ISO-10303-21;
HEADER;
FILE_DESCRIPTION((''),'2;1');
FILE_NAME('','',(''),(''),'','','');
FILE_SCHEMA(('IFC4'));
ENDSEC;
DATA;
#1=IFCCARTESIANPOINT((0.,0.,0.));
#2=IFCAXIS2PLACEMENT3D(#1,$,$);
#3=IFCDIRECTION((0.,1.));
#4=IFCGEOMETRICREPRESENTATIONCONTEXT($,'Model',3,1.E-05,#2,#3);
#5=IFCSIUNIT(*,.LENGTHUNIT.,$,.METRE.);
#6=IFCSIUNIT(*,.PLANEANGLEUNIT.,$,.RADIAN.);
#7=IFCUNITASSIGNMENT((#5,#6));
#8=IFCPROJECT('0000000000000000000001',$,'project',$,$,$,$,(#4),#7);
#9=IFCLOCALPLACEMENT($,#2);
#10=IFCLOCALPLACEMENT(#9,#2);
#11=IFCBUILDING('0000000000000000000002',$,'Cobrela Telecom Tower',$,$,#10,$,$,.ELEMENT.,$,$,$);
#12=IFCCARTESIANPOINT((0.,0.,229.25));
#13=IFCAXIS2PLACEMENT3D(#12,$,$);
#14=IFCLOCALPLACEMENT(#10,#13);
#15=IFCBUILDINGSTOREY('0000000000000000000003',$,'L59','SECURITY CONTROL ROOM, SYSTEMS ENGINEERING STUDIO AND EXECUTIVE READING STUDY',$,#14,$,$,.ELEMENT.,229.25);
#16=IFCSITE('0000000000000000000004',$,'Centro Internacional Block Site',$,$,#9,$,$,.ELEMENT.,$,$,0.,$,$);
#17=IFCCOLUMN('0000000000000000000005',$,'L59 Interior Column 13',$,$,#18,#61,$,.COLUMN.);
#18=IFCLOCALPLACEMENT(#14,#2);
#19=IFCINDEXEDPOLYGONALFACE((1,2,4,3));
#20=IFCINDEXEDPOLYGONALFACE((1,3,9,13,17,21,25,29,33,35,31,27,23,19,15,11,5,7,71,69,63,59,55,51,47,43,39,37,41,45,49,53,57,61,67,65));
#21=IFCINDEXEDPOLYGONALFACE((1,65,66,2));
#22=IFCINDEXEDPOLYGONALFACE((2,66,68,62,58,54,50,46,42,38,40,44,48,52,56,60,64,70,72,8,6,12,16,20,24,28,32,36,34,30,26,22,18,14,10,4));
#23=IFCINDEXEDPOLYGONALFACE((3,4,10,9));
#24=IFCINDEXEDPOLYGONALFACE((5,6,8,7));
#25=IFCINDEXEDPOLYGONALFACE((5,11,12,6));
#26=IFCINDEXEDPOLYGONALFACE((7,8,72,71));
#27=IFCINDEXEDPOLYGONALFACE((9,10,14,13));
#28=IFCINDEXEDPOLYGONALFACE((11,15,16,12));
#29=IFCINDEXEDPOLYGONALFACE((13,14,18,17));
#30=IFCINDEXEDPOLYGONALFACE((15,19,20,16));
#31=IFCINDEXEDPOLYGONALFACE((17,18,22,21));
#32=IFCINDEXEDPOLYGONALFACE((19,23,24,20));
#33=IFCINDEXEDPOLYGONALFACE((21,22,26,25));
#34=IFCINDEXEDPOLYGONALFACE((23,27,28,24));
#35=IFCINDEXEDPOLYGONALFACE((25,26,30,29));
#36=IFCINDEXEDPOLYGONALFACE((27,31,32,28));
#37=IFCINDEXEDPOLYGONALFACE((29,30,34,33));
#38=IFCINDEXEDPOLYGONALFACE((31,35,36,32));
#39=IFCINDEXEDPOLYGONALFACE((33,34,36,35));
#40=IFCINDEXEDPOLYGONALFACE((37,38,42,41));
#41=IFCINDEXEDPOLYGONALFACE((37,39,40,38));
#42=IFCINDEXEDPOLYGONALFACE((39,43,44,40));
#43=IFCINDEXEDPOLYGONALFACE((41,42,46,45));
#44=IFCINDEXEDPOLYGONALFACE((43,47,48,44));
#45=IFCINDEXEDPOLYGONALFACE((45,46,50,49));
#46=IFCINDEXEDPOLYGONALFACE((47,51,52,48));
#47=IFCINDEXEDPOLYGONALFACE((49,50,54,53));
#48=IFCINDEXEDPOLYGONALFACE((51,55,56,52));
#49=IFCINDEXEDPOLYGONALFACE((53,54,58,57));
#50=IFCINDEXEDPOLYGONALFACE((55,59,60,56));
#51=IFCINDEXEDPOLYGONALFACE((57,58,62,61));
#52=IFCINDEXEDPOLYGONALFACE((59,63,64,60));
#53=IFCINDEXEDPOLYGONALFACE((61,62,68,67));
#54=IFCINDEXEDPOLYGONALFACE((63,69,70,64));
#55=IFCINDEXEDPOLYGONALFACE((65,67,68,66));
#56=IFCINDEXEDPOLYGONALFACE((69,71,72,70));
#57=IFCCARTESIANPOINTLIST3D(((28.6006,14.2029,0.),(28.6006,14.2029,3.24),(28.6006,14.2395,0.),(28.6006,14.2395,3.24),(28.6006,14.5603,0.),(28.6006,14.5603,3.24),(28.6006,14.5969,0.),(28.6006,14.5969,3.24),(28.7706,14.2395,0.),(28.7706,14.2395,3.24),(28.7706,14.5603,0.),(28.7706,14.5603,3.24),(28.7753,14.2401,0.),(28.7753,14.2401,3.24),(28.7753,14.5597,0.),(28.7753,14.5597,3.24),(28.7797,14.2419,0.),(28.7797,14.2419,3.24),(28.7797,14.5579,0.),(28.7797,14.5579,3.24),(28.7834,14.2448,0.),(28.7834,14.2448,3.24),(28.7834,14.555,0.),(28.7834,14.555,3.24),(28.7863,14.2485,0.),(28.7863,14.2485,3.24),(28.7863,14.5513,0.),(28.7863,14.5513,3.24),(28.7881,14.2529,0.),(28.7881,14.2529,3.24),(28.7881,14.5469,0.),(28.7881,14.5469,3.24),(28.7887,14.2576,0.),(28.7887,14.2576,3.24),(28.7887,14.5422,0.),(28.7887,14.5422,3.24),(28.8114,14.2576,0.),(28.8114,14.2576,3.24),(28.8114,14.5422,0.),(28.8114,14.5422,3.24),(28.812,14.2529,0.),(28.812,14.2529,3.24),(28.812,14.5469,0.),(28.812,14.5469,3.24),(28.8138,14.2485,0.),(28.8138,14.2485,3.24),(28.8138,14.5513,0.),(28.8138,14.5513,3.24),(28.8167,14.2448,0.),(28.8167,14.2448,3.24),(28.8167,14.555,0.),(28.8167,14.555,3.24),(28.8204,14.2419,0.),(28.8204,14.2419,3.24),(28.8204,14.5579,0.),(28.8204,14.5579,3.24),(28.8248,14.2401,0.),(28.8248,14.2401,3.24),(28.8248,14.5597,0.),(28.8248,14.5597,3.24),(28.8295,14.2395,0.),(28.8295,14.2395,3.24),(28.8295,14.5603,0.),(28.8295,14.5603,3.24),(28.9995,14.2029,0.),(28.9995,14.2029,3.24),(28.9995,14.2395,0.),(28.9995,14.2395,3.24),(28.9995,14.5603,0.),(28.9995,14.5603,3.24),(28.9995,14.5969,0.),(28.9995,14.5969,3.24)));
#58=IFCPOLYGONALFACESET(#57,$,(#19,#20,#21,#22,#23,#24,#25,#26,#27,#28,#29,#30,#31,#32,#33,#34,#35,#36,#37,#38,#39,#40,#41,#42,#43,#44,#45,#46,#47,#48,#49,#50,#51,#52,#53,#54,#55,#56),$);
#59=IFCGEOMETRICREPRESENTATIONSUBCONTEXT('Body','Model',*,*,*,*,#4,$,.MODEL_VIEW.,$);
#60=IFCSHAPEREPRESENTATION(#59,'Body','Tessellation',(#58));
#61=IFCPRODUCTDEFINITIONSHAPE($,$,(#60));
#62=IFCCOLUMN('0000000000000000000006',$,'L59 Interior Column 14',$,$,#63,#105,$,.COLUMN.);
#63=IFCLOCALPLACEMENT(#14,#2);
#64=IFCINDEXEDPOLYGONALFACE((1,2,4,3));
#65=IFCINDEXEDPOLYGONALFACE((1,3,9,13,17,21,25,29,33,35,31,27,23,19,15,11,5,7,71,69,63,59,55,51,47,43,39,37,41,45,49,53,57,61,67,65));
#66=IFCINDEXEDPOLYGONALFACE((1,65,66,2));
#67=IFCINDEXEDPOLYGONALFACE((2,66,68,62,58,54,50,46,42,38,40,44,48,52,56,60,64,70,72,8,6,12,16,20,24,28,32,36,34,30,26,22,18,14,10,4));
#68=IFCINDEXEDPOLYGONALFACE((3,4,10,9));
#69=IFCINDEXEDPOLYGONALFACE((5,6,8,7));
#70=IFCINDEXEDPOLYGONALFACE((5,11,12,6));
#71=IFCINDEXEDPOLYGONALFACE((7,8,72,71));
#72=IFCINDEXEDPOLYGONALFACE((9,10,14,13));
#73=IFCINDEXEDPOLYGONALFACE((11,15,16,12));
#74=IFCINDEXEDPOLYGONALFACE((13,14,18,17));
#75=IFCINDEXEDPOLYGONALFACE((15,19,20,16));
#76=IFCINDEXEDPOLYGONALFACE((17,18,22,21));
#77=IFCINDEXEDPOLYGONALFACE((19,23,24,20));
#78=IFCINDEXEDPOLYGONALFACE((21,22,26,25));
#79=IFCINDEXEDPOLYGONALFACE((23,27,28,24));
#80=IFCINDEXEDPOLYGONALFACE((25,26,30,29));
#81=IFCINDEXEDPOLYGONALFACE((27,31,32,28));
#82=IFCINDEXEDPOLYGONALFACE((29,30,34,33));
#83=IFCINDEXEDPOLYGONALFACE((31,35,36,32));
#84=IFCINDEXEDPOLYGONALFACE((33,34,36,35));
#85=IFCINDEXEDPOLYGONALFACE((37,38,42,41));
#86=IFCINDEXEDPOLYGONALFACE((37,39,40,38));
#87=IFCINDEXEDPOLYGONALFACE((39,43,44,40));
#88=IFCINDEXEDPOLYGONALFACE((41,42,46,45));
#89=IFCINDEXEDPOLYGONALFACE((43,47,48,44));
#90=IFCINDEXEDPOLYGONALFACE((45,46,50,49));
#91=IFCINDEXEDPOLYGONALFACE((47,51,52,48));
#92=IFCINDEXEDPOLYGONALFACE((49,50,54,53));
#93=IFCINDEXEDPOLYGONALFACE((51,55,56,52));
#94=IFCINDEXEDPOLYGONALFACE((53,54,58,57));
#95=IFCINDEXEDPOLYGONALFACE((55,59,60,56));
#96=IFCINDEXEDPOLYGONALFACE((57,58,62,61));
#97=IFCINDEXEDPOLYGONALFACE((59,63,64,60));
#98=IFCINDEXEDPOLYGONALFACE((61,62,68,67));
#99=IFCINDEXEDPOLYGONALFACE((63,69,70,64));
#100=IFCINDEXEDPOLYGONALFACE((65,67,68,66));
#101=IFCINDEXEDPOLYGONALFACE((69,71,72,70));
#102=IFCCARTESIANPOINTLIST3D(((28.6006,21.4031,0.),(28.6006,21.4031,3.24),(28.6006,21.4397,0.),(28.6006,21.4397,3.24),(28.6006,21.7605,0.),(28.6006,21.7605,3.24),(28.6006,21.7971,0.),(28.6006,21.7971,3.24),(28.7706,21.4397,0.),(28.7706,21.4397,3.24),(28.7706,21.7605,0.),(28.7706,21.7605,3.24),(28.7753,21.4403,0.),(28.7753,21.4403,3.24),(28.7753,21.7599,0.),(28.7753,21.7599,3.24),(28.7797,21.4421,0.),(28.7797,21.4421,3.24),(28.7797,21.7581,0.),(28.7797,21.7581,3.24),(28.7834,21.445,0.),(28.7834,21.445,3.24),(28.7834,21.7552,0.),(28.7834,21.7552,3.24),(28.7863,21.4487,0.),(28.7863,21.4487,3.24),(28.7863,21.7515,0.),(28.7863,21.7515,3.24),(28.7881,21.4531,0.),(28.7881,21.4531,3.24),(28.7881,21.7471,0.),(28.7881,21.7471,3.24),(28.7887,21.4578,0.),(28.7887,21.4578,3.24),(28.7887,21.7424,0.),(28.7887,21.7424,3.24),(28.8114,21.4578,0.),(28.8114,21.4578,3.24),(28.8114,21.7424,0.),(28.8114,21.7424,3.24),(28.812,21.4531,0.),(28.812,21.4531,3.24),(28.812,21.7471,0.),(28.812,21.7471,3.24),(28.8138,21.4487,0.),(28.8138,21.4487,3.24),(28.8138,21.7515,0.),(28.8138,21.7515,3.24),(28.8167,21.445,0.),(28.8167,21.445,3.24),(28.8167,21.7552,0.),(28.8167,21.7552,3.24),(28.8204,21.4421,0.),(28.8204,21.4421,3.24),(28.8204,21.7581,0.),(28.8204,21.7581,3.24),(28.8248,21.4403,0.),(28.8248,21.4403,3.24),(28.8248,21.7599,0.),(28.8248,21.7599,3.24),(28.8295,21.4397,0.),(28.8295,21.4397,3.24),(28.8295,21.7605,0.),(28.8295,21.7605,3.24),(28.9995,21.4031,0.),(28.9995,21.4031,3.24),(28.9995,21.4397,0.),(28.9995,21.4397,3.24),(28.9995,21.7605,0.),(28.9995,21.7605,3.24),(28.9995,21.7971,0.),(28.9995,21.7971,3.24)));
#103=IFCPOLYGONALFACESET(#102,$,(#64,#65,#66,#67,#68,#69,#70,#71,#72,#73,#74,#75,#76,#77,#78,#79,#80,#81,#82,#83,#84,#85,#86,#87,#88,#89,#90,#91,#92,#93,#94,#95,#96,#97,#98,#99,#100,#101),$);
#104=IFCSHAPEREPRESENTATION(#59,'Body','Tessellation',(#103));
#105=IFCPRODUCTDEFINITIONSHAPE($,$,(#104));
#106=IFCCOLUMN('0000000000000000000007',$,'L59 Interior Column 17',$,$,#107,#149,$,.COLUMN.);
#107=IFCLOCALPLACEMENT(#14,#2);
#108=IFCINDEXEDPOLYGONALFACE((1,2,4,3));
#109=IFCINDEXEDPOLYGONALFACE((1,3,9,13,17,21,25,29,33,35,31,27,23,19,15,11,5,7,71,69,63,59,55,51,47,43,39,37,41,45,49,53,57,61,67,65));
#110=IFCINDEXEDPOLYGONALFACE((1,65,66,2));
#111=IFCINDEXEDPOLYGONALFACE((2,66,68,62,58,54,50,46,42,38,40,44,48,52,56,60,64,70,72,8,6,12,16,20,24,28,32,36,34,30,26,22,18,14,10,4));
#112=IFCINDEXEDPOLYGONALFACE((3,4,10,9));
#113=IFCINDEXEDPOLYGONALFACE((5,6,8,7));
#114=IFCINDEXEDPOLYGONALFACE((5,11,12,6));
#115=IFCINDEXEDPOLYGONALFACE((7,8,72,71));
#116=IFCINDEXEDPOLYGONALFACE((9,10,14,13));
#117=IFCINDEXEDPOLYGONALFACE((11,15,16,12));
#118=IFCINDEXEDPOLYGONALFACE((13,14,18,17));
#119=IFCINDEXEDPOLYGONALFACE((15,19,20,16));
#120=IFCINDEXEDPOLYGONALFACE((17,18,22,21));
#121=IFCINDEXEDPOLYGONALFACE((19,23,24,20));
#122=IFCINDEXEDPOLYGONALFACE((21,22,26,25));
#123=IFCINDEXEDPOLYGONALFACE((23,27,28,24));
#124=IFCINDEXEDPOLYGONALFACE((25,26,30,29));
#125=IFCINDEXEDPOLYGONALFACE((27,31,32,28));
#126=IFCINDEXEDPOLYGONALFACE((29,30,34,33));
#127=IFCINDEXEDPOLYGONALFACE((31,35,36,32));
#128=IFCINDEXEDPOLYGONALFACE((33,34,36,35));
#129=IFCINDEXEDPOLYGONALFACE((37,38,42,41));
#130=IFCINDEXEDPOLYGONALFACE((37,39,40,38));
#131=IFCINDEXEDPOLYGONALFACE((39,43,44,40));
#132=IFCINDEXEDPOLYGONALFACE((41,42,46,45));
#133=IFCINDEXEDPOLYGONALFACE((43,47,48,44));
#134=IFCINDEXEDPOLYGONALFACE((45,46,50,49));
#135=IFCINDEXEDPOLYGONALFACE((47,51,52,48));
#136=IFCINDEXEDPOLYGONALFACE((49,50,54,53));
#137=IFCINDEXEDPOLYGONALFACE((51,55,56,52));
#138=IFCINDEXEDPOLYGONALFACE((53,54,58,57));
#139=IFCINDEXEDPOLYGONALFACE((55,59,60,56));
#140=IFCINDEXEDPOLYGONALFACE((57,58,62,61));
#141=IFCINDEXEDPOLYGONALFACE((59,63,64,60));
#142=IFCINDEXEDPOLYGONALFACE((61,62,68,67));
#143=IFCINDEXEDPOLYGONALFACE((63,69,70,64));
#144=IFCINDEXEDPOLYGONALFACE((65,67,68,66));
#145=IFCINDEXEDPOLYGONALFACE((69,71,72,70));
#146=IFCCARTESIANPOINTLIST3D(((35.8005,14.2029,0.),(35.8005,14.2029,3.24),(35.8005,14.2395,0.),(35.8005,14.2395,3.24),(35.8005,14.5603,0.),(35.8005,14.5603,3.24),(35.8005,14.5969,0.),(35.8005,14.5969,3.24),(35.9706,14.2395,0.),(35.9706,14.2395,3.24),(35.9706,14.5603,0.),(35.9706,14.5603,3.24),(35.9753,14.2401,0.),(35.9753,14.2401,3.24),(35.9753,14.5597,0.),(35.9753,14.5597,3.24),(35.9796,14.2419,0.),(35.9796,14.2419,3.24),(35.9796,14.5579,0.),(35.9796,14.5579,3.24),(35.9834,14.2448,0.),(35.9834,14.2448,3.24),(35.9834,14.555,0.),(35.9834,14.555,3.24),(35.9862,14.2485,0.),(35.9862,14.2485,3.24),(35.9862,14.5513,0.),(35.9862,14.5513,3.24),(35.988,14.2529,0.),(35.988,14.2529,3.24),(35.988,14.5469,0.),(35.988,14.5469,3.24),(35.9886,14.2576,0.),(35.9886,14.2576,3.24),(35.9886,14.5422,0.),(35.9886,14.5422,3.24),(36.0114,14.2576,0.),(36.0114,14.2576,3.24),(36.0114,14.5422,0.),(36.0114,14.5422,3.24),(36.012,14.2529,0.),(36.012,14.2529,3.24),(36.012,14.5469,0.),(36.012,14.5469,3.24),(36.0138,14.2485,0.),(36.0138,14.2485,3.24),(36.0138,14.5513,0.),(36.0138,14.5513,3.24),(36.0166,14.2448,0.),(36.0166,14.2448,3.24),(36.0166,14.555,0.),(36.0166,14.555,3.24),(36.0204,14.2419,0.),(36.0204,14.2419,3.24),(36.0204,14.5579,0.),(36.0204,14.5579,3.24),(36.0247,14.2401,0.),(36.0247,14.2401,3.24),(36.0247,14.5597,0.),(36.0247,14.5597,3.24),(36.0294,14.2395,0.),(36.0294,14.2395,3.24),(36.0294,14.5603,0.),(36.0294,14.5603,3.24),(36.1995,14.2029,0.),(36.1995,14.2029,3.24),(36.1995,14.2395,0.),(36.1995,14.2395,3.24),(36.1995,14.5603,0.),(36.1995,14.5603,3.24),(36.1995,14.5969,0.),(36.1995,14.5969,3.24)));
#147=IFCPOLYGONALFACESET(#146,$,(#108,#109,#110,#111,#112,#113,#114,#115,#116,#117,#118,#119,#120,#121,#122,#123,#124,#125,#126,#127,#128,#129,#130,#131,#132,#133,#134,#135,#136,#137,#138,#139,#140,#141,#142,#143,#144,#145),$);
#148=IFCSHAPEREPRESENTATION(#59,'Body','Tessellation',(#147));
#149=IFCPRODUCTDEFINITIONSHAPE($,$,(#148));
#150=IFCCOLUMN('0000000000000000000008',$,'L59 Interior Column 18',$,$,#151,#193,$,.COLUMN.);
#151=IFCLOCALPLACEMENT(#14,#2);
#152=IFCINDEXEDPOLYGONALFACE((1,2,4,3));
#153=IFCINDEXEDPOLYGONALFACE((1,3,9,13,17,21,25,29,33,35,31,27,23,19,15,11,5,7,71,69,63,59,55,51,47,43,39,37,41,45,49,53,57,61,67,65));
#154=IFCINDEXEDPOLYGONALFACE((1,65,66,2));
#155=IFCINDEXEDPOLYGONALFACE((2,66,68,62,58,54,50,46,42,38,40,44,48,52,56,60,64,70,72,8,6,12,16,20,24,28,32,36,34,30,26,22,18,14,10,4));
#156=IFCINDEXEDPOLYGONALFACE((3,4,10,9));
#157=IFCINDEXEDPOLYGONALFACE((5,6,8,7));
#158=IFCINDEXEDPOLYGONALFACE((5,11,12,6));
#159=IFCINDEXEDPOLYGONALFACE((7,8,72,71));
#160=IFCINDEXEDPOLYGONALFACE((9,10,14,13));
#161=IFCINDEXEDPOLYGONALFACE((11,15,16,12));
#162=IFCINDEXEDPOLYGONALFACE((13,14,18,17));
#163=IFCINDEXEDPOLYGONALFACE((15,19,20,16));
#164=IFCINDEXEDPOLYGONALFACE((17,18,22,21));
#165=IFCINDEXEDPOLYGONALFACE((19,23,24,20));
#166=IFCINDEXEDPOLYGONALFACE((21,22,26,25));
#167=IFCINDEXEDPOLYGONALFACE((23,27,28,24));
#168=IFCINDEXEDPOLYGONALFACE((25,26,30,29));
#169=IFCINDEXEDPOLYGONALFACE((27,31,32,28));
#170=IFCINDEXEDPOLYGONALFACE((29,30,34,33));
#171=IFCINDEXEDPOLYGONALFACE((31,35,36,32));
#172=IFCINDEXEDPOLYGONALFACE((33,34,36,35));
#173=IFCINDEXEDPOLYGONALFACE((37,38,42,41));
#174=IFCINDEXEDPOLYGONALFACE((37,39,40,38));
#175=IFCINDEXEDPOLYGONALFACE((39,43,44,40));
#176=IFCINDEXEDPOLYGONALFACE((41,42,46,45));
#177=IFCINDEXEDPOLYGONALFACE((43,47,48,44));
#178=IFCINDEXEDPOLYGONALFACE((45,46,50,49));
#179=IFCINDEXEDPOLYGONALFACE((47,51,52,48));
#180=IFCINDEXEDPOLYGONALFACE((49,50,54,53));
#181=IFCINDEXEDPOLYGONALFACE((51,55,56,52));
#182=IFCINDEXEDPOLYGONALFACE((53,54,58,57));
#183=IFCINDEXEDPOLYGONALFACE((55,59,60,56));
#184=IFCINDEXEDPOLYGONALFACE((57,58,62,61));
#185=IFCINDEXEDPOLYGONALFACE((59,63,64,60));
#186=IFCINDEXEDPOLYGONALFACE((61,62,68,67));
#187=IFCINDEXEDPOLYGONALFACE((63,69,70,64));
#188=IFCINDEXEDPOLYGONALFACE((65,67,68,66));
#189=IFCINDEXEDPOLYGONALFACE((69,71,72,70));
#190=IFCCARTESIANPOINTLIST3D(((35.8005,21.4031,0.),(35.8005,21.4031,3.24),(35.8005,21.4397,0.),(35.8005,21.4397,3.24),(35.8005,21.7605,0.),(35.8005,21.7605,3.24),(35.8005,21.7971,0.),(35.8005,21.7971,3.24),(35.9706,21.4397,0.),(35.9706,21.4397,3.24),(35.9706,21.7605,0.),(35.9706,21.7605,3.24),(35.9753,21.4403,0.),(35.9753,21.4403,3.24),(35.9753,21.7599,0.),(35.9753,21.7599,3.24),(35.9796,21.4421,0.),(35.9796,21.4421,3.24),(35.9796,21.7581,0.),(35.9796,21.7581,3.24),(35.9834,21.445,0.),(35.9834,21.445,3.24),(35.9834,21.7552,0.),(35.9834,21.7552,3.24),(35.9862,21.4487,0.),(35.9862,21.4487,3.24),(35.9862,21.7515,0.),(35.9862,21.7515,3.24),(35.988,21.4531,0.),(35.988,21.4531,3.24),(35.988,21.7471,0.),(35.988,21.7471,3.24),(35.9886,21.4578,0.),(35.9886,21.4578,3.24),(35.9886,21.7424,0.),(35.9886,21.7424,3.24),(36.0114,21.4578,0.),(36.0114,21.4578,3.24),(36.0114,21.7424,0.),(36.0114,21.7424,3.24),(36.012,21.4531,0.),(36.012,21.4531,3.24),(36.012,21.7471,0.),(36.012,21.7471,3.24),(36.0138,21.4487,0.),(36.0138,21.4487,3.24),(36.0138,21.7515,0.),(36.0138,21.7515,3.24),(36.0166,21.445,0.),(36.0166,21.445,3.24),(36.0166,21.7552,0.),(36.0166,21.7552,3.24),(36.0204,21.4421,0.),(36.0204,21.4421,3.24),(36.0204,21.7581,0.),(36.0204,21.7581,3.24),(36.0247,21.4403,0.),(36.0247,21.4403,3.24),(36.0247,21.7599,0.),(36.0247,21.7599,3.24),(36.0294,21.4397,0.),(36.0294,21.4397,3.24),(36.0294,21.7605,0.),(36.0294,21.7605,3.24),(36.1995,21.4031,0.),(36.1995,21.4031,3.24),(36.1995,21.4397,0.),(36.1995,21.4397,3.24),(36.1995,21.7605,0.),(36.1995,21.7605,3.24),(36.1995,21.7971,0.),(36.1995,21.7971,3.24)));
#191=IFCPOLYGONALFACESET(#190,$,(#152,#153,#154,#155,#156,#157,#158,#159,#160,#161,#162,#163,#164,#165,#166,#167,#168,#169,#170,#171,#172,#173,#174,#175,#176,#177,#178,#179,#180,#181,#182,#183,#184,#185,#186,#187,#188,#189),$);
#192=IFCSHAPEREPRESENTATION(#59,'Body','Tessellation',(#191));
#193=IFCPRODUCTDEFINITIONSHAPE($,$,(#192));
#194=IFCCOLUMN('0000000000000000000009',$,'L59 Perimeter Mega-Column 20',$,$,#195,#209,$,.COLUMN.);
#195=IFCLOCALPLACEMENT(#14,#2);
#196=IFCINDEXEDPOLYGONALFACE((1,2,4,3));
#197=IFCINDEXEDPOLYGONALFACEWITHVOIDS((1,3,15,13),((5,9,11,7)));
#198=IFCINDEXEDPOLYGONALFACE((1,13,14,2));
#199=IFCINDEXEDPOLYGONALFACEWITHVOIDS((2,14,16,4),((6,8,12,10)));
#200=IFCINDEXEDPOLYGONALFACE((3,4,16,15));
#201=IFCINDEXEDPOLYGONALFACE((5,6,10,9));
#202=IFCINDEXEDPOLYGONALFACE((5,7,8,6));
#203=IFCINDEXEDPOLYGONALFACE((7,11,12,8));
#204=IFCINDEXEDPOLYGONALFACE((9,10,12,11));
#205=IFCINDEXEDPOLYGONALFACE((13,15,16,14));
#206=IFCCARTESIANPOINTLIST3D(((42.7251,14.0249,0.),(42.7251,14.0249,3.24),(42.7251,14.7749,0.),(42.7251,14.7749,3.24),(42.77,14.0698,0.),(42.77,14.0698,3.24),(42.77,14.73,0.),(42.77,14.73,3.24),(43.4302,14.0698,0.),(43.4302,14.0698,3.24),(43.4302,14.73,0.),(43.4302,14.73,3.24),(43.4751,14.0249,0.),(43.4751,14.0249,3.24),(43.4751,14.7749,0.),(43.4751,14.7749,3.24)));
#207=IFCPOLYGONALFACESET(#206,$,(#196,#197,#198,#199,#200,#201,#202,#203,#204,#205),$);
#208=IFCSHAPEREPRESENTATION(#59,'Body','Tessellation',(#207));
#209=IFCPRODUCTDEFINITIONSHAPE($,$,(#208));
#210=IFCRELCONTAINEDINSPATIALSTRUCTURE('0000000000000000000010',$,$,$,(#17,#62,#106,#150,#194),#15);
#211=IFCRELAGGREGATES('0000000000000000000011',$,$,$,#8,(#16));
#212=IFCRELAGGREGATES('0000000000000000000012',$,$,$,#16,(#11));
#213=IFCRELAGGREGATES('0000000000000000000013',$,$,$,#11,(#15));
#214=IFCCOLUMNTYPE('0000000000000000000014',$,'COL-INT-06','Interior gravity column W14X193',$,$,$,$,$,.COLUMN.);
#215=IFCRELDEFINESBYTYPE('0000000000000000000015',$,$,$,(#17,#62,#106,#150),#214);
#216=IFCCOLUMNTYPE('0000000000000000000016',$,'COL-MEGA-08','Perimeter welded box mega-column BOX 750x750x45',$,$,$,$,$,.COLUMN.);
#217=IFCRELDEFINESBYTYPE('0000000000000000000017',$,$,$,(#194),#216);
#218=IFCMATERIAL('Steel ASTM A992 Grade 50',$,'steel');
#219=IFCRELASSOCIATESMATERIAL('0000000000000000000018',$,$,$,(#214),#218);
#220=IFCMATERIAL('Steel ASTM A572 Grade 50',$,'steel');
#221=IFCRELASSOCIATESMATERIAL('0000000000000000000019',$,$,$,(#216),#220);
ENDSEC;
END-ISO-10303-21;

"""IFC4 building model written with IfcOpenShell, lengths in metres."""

from ifc_helpers import new_model, si_unit, direction, frame, origin, origin_2d, place, context, subcontext, project, spatial, hollow_rectangle, i_section, extrude, material, material_profile, profile_set, type_object, element, save


model = new_model("IFC4")

# Units and contexts
model_context = context("Model", 3, precision=1e-05, world=origin(), true_north=direction((0.0, 1.0)))
body_context = subcontext(model_context, "Body", "Model", "MODEL_VIEW")
ifc_project = project(units=[si_unit("LENGTHUNIT", "METRE"), si_unit("PLANEANGLEUNIT", "RADIAN")], contexts=[model_context])

# Site, building, storey
site_placement = place(None, origin())
site = spatial("IfcSite", under=ifc_project, at=site_placement, Name="Centro Internacional Block Site", CompositionType="ELEMENT", RefElevation=0.0)
building_placement = place(site_placement, origin())
building = spatial("IfcBuilding", under=site, at=building_placement, Name="Cobrela Telecom Tower", CompositionType="ELEMENT")
storey_placement = place(building_placement, frame((0.0, 0.0, 229.25)))
storey = spatial("IfcBuildingStorey", under=building, at=storey_placement, Name="L59", Description="SECURITY CONTROL ROOM, SYSTEMS ENGINEERING STUDIO AND EXECUTIVE READING STUDY", CompositionType="ELEMENT", Elevation=229.25)

# Columns
ifc_material_1 = material(Name="Steel ASTM A992 Grade 50", Category="steel")
ifc_material_profile_1 = material_profile(ifc_material_1, i_section(OverallWidth=0.3989, OverallDepth=0.394, WebThickness=0.0227, FlangeThickness=0.0366, FilletRadius=0.0181, at=origin_2d()), Name="W14X193")
ifc_profile_set_1 = profile_set([ifc_material_profile_1], Name="Steel ASTM A992 Grade 50")
column_type_1 = type_object("IfcColumnType", Name="COL-INT-06", Description="Interior gravity column W14X193", PredefinedType="COLUMN", material=ifc_profile_set_1)
for number, where, z_axis, x_axis, name in (
    (1, (28.8, 14.3999, 0.0), (0.0, 0.0, 1.0), (1.0, 0.0, 0.0), "L59 Interior Column 13"),
    (2, (28.8, 21.6001, 0.0), (0.0, 0.0, 1.0), (1.0, 0.0, 0.0), "L59 Interior Column 14"),
    (3, (36.0, 14.3999, 0.0), (0.0, 0.0, 1.0), (1.0, 0.0, 0.0), "L59 Interior Column 17"),
    (4, (36.0, 21.6001, 0.0), (0.0, 0.0, 1.0), (1.0, 0.0, 0.0), "L59 Interior Column 18"),
):
    element("IfcColumn", number, at=place(storey_placement, frame(where, z_axis=z_axis, x_axis=x_axis)), inside=storey, type_object=column_type_1, Name=name, PredefinedType="COLUMN", context=body_context, shape_type="SweptSolid", body=[
        extrude(i_section(OverallWidth=0.3989, OverallDepth=0.394, WebThickness=0.0227, FlangeThickness=0.0366, FilletRadius=0.0181, at=origin_2d()), origin(), (0.0, 0.0, 1.0), 3.24),
    ])
ifc_material_2 = material(Name="Steel ASTM A572 Grade 50", Category="steel")
ifc_material_profile_2 = material_profile(ifc_material_2, hollow_rectangle(XDim=0.75, YDim=0.75, WallThickness=0.0449, at=origin_2d()), Name="BOX 750x750x45")
ifc_profile_set_2 = profile_set([ifc_material_profile_2], Name="Steel ASTM A572 Grade 50")
column_type_2 = type_object("IfcColumnType", Name="COL-MEGA-08", Description="Perimeter welded box mega-column BOX 750x750x45", PredefinedType="COLUMN", material=ifc_profile_set_2)
for number, where, z_axis, x_axis, name in (
    (5, (43.1001, 14.3999, 0.0), (0.0, 0.0, 1.0), (1.0, 0.0, 0.0), "L59 Perimeter Mega-Column 20"),
):
    element("IfcColumn", number, at=place(storey_placement, frame(where, z_axis=z_axis, x_axis=x_axis)), inside=storey, type_object=column_type_2, Name=name, PredefinedType="COLUMN", context=body_context, shape_type="SweptSolid", body=[
        extrude(hollow_rectangle(XDim=0.75, YDim=0.75, WallThickness=0.0449, at=origin_2d()), origin(), (0.0, 0.0, 1.0), 3.24),
    ])

save(model, "model.ifc")
